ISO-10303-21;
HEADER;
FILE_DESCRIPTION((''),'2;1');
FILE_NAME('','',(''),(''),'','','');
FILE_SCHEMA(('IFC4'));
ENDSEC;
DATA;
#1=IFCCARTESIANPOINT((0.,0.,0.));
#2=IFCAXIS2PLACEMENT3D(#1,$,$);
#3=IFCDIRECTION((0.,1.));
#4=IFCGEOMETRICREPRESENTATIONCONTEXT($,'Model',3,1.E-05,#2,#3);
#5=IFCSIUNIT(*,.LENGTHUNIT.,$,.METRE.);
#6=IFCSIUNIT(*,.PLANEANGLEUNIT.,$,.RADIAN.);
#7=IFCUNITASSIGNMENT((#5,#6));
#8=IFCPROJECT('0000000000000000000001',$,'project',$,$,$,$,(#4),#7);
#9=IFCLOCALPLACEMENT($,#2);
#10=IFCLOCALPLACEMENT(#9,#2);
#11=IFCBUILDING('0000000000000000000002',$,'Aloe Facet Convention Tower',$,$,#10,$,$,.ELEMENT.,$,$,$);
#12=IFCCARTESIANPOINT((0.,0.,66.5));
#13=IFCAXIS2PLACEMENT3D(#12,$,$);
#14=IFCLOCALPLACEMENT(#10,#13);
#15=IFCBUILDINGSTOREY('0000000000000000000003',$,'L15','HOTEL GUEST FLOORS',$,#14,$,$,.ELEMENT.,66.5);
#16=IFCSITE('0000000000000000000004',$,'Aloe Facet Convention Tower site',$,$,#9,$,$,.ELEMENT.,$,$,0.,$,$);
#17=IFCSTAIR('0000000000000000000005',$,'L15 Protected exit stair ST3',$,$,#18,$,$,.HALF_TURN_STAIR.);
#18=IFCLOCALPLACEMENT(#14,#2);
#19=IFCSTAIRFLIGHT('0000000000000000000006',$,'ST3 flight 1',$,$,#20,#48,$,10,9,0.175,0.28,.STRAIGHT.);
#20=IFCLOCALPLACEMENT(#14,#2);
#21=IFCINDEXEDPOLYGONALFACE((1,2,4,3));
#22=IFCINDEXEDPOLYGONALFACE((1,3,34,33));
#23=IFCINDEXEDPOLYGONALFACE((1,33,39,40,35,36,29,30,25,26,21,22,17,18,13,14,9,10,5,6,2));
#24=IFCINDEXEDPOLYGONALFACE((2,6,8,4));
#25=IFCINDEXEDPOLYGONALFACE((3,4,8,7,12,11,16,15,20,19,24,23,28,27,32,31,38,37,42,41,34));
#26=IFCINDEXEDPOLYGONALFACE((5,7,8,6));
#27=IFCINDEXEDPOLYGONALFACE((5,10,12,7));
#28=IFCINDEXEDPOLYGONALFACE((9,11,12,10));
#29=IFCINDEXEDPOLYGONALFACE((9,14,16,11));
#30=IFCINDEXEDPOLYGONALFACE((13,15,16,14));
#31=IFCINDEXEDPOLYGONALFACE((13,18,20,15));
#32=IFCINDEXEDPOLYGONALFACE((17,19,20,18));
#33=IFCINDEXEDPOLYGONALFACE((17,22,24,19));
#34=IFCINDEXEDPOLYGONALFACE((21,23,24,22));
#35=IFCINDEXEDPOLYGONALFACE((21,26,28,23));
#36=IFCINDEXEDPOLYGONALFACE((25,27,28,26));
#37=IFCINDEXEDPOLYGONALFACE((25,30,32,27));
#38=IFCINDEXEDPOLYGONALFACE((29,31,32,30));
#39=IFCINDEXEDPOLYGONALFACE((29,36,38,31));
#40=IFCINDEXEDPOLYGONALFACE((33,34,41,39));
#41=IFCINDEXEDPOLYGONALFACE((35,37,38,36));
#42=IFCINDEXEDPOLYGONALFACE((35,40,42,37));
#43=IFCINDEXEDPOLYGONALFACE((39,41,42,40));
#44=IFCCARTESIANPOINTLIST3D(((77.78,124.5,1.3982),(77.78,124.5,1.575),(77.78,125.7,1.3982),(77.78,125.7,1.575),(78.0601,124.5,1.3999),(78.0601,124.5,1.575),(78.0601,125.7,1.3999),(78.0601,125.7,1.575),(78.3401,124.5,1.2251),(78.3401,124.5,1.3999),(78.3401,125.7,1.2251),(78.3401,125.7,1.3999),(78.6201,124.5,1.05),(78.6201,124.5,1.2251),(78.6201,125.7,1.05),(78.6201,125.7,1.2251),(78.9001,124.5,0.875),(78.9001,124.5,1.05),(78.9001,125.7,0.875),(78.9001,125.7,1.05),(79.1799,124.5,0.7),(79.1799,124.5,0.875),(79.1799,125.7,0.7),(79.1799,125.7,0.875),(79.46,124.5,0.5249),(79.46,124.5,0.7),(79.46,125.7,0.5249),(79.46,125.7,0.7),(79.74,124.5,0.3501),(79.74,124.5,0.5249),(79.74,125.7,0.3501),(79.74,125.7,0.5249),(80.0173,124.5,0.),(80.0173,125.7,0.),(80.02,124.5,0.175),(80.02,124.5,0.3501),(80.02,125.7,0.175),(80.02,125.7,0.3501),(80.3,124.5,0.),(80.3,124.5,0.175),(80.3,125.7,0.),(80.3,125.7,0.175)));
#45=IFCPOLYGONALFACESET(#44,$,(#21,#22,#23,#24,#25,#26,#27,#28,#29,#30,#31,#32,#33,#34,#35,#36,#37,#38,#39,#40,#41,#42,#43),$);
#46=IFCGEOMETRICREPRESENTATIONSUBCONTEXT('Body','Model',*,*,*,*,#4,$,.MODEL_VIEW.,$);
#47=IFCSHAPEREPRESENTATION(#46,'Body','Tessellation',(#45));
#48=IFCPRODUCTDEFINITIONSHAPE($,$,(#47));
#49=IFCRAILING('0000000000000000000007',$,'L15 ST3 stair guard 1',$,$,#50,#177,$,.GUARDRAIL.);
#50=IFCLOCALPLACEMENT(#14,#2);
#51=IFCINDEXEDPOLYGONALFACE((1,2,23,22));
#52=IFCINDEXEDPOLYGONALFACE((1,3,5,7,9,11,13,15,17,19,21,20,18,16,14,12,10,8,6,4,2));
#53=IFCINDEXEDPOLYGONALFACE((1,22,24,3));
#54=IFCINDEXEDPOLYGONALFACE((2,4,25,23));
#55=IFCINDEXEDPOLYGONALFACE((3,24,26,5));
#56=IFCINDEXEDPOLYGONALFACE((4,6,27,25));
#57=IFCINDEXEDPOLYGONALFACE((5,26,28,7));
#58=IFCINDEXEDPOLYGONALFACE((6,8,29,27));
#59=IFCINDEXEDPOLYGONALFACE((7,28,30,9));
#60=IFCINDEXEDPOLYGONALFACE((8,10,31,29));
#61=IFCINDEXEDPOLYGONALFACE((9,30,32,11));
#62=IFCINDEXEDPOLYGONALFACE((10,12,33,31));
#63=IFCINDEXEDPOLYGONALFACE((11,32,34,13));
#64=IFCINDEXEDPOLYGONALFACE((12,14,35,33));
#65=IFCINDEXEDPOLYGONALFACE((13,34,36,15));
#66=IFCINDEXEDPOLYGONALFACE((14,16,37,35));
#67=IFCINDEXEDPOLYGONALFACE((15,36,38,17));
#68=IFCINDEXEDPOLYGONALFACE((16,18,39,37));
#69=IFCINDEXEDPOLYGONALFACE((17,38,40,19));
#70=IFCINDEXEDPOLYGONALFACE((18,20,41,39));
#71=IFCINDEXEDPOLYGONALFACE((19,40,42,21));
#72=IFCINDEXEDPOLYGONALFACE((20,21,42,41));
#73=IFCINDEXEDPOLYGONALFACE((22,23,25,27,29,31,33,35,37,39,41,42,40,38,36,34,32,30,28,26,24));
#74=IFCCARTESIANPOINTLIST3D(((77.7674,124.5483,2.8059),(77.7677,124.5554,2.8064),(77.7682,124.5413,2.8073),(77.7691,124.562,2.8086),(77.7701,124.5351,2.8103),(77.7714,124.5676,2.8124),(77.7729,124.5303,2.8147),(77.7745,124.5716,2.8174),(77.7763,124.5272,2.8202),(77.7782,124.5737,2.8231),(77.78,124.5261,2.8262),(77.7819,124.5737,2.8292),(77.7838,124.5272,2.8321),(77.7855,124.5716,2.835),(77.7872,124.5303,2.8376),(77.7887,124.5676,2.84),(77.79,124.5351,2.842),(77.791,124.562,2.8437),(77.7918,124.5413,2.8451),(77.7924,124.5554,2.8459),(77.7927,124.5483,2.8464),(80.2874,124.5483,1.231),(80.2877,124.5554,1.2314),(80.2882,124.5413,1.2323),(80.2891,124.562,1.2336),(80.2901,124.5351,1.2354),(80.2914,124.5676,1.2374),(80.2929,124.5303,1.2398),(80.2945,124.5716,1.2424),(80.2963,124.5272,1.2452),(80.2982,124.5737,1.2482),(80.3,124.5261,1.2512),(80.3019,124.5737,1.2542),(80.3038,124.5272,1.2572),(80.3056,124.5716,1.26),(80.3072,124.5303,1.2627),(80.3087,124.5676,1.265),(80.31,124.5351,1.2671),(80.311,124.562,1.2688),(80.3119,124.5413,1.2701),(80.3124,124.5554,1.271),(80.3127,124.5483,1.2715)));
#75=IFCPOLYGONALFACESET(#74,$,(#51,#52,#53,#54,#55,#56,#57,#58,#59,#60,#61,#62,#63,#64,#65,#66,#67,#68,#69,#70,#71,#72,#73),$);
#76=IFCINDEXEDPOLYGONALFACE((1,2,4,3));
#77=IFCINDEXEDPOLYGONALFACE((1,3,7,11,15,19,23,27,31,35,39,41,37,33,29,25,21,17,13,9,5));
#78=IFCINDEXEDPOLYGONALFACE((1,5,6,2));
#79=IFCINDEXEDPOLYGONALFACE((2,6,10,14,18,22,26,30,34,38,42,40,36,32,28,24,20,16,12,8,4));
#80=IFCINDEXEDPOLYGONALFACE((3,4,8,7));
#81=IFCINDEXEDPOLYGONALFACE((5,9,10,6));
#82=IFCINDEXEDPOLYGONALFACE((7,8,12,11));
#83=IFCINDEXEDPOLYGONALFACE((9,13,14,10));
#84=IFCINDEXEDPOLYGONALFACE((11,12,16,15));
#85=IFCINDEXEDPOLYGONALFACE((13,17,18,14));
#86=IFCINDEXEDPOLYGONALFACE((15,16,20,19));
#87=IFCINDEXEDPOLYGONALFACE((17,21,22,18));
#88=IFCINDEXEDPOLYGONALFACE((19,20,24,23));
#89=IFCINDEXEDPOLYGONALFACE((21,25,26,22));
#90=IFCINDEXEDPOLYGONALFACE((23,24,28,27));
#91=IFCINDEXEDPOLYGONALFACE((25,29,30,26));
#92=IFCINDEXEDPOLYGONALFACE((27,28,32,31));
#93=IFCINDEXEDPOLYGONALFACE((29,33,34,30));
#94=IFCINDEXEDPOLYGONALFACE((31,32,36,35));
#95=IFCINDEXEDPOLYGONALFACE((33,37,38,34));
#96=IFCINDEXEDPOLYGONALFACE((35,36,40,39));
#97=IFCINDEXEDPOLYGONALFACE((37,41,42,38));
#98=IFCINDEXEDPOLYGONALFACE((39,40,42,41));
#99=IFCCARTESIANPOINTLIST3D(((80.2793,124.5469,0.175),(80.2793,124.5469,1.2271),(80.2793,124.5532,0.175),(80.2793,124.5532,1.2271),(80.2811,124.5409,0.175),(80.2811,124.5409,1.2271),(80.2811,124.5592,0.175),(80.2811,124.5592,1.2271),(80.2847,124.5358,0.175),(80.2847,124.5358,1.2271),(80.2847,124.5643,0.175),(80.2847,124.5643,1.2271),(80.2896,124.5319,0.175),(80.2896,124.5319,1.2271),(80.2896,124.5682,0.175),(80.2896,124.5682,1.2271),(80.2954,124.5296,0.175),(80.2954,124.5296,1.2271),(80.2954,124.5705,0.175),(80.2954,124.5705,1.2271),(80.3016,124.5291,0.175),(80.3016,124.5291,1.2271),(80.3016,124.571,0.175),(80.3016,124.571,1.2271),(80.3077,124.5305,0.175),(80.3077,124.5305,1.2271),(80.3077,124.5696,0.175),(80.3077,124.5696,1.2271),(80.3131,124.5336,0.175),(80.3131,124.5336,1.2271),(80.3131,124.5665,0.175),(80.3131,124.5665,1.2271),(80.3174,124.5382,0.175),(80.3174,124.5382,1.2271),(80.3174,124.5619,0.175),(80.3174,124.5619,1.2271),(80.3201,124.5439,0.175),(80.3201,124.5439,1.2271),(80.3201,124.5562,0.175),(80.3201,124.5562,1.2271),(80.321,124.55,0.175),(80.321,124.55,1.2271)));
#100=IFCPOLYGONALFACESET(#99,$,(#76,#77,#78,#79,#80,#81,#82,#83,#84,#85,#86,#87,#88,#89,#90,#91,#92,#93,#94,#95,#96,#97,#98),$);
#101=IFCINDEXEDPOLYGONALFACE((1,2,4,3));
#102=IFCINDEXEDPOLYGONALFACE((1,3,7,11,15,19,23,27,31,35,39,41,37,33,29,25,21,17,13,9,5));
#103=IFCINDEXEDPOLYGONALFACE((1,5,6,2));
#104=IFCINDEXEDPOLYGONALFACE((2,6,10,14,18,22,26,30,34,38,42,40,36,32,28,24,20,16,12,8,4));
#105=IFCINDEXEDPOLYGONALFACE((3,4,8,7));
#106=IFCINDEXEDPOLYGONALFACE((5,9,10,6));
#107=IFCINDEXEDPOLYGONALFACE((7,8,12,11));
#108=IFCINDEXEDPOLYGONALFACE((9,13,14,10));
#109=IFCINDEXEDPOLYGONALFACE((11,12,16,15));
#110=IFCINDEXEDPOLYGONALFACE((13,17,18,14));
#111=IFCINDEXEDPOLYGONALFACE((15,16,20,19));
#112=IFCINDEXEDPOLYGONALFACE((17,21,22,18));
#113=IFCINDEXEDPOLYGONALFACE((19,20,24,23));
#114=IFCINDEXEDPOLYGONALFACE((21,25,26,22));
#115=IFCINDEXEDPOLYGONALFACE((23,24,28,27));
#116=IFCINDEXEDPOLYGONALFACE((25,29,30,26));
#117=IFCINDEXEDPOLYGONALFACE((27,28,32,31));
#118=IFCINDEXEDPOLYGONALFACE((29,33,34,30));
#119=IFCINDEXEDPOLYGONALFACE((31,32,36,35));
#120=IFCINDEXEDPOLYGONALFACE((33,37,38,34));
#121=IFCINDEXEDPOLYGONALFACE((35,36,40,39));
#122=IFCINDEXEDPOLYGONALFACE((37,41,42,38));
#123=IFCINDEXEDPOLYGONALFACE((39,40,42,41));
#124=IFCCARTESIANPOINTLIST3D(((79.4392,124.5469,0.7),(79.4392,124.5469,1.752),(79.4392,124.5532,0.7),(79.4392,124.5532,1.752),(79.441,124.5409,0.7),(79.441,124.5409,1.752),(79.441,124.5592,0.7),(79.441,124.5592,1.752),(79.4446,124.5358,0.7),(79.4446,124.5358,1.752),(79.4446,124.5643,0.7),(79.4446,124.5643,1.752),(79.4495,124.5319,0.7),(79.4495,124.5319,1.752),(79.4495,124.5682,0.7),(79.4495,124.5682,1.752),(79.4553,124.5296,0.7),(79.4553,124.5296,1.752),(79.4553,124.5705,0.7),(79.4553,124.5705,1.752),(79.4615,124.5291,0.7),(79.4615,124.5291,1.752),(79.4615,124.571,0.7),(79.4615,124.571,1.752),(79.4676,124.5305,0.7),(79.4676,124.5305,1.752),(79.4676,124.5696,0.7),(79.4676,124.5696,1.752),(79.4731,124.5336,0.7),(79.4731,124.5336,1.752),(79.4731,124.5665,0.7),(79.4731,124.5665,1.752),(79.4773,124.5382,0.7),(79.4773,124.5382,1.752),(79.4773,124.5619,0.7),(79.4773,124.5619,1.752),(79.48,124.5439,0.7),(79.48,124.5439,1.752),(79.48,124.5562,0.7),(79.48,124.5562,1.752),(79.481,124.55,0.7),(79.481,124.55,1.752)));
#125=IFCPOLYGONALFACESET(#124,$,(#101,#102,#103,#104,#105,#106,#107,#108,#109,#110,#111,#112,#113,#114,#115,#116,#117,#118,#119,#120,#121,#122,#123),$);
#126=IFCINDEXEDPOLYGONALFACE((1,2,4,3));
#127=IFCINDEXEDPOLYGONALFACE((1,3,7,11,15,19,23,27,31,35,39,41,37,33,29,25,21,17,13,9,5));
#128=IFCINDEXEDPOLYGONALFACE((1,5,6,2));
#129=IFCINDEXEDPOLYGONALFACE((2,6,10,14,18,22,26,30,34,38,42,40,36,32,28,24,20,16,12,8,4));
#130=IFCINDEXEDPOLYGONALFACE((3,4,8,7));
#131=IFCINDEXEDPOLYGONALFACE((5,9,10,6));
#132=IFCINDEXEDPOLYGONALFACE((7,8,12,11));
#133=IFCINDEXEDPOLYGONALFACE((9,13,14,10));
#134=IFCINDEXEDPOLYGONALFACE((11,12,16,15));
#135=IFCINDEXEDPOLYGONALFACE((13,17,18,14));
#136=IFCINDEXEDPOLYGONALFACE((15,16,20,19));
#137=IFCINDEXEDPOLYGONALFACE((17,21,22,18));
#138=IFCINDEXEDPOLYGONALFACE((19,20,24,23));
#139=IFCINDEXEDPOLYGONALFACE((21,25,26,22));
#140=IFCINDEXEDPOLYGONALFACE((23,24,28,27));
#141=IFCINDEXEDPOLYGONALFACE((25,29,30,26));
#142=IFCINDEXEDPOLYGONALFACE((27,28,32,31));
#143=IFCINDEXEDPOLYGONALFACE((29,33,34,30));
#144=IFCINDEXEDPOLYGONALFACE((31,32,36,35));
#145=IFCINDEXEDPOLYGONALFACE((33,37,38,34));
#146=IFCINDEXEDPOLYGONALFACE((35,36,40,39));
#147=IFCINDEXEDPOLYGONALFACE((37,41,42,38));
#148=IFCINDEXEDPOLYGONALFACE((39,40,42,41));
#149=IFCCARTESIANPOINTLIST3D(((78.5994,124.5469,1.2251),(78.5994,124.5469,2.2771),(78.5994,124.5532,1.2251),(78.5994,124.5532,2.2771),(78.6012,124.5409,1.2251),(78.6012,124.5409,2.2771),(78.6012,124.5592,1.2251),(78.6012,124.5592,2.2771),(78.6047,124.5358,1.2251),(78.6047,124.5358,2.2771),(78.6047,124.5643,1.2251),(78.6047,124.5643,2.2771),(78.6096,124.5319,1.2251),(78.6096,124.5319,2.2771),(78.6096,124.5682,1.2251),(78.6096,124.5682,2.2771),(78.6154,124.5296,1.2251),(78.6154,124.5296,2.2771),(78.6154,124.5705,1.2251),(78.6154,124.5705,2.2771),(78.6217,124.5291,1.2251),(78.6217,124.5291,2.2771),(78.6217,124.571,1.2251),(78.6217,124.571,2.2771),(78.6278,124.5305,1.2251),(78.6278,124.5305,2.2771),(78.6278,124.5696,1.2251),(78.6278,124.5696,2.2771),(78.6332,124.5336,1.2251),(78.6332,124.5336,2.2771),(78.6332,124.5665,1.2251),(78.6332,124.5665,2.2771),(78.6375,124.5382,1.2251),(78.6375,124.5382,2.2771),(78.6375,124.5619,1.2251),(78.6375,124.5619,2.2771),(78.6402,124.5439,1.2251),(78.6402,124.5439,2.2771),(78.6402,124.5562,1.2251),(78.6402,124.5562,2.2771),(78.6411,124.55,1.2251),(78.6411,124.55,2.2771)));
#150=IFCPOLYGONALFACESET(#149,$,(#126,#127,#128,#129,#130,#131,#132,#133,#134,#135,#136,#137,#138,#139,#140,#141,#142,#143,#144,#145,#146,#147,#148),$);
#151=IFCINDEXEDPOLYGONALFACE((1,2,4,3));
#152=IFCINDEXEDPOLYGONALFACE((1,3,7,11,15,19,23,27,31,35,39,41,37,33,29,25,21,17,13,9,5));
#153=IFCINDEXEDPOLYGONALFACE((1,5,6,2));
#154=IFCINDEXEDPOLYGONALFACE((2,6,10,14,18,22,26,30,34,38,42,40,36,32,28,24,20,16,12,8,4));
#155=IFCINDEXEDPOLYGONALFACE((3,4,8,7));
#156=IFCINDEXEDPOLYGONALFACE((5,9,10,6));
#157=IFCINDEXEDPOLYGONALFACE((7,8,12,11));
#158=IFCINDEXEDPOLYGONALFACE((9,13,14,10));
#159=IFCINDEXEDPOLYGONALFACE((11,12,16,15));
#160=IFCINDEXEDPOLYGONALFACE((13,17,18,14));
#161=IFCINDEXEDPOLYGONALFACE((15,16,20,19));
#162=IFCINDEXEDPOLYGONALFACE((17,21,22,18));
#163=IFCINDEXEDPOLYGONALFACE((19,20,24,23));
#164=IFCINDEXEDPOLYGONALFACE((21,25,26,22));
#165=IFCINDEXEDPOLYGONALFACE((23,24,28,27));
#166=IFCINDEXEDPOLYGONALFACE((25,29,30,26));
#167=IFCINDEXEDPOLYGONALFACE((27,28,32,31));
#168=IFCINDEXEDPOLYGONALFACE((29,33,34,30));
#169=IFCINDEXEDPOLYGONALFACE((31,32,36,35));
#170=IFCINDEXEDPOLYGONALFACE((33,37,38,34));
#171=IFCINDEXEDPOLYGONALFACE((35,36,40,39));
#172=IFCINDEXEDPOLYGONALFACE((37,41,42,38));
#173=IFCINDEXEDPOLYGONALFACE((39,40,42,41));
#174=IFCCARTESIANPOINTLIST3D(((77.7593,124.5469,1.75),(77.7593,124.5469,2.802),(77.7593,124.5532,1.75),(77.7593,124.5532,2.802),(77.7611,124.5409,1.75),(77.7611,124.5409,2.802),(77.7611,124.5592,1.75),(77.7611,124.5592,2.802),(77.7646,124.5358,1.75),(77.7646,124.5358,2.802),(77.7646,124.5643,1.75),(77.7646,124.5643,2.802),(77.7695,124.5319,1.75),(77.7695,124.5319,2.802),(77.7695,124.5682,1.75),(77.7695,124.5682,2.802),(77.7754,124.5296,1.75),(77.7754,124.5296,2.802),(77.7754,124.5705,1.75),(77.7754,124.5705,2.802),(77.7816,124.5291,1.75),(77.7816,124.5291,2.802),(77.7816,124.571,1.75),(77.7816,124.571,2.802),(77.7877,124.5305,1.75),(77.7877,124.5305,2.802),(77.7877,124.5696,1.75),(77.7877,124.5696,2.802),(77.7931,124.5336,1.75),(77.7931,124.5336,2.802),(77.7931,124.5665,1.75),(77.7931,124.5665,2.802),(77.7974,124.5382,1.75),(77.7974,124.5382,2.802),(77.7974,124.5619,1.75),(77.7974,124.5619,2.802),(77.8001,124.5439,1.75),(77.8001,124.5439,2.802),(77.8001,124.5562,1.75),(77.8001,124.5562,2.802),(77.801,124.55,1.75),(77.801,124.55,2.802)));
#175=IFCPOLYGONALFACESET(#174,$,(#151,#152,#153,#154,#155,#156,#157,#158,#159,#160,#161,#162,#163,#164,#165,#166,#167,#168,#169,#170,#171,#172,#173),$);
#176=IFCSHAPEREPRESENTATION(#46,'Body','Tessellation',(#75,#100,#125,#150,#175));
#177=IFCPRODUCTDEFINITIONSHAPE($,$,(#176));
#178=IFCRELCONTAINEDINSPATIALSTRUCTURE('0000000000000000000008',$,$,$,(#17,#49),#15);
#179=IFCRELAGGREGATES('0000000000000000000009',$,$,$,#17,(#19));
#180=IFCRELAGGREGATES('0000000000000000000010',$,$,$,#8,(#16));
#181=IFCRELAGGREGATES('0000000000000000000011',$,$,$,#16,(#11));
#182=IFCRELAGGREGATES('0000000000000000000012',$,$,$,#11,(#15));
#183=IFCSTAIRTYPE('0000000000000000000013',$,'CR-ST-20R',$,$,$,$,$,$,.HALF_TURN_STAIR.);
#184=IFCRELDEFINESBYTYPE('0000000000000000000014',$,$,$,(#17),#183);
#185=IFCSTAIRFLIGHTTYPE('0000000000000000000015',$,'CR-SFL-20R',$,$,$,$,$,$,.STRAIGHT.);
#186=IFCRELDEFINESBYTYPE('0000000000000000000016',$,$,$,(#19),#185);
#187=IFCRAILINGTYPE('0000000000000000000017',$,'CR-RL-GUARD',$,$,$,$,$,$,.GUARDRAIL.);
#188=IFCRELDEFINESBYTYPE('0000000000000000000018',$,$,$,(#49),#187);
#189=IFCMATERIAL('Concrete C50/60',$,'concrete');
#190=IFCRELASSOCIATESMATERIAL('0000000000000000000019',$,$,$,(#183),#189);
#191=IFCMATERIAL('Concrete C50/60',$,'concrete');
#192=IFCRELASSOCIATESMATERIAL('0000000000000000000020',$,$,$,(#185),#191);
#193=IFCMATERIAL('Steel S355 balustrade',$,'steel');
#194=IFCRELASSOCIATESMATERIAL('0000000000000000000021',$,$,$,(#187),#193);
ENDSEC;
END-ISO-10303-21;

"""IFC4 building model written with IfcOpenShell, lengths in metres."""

from ifc_helpers import new_model, si_unit, direction, frame, origin, origin_2d, place, context, subcontext, project, spatial, polyline, circle, outline, extrude, material, type_object, element, aggregate, save


model = new_model("IFC4")

# Units and contexts
model_context = context("Model", 3, precision=1e-05, world=origin(), true_north=direction((0.0, 1.0)))
body_context = subcontext(model_context, "Body", "Model", "MODEL_VIEW")
ifc_project = project(units=[si_unit("LENGTHUNIT", "METRE"), si_unit("PLANEANGLEUNIT", "RADIAN")], contexts=[model_context])

# Site, building, storey
site_placement = place(None, origin())
site = spatial("IfcSite", under=ifc_project, at=site_placement, Name="Aloe Facet Convention Tower site", CompositionType="ELEMENT", RefElevation=0.0)
building_placement = place(site_placement, origin())
building = spatial("IfcBuilding", under=site, at=building_placement, Name="Aloe Facet Convention Tower", CompositionType="ELEMENT")
storey_placement = place(building_placement, frame((0.0, 0.0, 66.5)))
storey = spatial("IfcBuildingStorey", under=building, at=storey_placement, Name="L15", Description="HOTEL GUEST FLOORS", CompositionType="ELEMENT", Elevation=66.5)

# Stair, stair flight
ifc_material_1 = material(Name="Concrete C50/60", Category="concrete")
stair_type = type_object("IfcStairType", Name="CR-ST-20R", PredefinedType="HALF_TURN_STAIR", material=ifc_material_1)
stair_placement = place(storey_placement, origin())
stair = element("IfcStair", 1, at=stair_placement, inside=storey, type_object=stair_type, Name="L15 Protected exit stair ST3", PredefinedType="HALF_TURN_STAIR")
ifc_material_2 = material(Name="Concrete C50/60", Category="concrete")
stair_flight_type = type_object("IfcStairFlightType", Name="CR-SFL-20R", PredefinedType="STRAIGHT", material=ifc_material_2)
stair_flight_placement = place(storey_placement, frame((80.3, 125.1001, 0.0), z_axis=(0.0, 0.0, 1.0), x_axis=(-1.0, 0.0, 0.0)))
stair_flight = element("IfcStairFlight", 2, at=stair_flight_placement, type_object=stair_flight_type, Name="ST3 flight 1", NumberOfRisers=10, NumberOfTreads=9, PredefinedType="STRAIGHT", RiserHeight=0.175, TreadLength=0.28, context=body_context, shape_type="SweptSolid", body=[
    extrude(outline(polyline([(0.0, 0.0), (0.0, 0.175), (0.28, 0.175), (0.28, 0.3501), (0.5601, 0.3501), (0.5601, 0.5249), (0.8401, 0.5249), (0.8401, 0.7), (1.1201, 0.7), (1.1201, 0.875), (1.3999, 0.875), (1.3999, 1.05), (1.6799, 1.05), (1.6799, 1.2251), (1.96, 1.2251), (1.96, 1.3999), (2.24, 1.3999), (2.24, 1.575), (2.52, 1.575), (2.52, 1.75), (2.52, 1.3982), (0.2827, 0.0), (0.0, 0.0)])), frame((0.0, 0.6001, 0.0), z_axis=(0.0, -1.0, 0.0), x_axis=(1.0, 0.0, 0.0)), (0.0, 0.0, 1.0), 1.2),
])
aggregate(stair, [stair_flight])

# Railing
ifc_material_3 = material(Name="Steel S355 balustrade", Category="steel")
railing_type_1 = type_object("IfcRailingType", Name="CR-RL-GUARD", PredefinedType="GUARDRAIL", material=ifc_material_3)
railing_1_placement = place(storey_placement, frame((80.3, 124.55, 0.175)))
element("IfcRailing", 3, at=railing_1_placement, inside=storey, type_object=railing_type_1, Name="L15 ST3 stair guard 1", PredefinedType="GUARDRAIL", context=body_context, shape_type="SweptSolid", body=[
    extrude(circle(Radius=0.0239, at=origin_2d()), frame((0.0, 0.0, 1.0762), z_axis=(-0.848008, 0.0, 0.529984), x_axis=(0.0, -1.0, 0.0)), (0.0, 0.0, 1.0), 2.9717),
    extrude(circle(Radius=0.021, at=origin_2d()), origin(), (0.0, 0.0, 1.0), 1.052),
    extrude(circle(Radius=0.021, at=origin_2d()), frame((-0.8401, 0.0, 0.5249)), (0.0, 0.0, 1.0), 1.052),
    extrude(circle(Radius=0.021, at=origin_2d()), frame((-1.6799, 0.0, 1.05)), (0.0, 0.0, 1.0), 1.052),
    extrude(circle(Radius=0.021, at=origin_2d()), frame((-2.52, 0.0, 1.575)), (0.0, 0.0, 1.0), 1.052),
])

save(model, "model.ifc")
